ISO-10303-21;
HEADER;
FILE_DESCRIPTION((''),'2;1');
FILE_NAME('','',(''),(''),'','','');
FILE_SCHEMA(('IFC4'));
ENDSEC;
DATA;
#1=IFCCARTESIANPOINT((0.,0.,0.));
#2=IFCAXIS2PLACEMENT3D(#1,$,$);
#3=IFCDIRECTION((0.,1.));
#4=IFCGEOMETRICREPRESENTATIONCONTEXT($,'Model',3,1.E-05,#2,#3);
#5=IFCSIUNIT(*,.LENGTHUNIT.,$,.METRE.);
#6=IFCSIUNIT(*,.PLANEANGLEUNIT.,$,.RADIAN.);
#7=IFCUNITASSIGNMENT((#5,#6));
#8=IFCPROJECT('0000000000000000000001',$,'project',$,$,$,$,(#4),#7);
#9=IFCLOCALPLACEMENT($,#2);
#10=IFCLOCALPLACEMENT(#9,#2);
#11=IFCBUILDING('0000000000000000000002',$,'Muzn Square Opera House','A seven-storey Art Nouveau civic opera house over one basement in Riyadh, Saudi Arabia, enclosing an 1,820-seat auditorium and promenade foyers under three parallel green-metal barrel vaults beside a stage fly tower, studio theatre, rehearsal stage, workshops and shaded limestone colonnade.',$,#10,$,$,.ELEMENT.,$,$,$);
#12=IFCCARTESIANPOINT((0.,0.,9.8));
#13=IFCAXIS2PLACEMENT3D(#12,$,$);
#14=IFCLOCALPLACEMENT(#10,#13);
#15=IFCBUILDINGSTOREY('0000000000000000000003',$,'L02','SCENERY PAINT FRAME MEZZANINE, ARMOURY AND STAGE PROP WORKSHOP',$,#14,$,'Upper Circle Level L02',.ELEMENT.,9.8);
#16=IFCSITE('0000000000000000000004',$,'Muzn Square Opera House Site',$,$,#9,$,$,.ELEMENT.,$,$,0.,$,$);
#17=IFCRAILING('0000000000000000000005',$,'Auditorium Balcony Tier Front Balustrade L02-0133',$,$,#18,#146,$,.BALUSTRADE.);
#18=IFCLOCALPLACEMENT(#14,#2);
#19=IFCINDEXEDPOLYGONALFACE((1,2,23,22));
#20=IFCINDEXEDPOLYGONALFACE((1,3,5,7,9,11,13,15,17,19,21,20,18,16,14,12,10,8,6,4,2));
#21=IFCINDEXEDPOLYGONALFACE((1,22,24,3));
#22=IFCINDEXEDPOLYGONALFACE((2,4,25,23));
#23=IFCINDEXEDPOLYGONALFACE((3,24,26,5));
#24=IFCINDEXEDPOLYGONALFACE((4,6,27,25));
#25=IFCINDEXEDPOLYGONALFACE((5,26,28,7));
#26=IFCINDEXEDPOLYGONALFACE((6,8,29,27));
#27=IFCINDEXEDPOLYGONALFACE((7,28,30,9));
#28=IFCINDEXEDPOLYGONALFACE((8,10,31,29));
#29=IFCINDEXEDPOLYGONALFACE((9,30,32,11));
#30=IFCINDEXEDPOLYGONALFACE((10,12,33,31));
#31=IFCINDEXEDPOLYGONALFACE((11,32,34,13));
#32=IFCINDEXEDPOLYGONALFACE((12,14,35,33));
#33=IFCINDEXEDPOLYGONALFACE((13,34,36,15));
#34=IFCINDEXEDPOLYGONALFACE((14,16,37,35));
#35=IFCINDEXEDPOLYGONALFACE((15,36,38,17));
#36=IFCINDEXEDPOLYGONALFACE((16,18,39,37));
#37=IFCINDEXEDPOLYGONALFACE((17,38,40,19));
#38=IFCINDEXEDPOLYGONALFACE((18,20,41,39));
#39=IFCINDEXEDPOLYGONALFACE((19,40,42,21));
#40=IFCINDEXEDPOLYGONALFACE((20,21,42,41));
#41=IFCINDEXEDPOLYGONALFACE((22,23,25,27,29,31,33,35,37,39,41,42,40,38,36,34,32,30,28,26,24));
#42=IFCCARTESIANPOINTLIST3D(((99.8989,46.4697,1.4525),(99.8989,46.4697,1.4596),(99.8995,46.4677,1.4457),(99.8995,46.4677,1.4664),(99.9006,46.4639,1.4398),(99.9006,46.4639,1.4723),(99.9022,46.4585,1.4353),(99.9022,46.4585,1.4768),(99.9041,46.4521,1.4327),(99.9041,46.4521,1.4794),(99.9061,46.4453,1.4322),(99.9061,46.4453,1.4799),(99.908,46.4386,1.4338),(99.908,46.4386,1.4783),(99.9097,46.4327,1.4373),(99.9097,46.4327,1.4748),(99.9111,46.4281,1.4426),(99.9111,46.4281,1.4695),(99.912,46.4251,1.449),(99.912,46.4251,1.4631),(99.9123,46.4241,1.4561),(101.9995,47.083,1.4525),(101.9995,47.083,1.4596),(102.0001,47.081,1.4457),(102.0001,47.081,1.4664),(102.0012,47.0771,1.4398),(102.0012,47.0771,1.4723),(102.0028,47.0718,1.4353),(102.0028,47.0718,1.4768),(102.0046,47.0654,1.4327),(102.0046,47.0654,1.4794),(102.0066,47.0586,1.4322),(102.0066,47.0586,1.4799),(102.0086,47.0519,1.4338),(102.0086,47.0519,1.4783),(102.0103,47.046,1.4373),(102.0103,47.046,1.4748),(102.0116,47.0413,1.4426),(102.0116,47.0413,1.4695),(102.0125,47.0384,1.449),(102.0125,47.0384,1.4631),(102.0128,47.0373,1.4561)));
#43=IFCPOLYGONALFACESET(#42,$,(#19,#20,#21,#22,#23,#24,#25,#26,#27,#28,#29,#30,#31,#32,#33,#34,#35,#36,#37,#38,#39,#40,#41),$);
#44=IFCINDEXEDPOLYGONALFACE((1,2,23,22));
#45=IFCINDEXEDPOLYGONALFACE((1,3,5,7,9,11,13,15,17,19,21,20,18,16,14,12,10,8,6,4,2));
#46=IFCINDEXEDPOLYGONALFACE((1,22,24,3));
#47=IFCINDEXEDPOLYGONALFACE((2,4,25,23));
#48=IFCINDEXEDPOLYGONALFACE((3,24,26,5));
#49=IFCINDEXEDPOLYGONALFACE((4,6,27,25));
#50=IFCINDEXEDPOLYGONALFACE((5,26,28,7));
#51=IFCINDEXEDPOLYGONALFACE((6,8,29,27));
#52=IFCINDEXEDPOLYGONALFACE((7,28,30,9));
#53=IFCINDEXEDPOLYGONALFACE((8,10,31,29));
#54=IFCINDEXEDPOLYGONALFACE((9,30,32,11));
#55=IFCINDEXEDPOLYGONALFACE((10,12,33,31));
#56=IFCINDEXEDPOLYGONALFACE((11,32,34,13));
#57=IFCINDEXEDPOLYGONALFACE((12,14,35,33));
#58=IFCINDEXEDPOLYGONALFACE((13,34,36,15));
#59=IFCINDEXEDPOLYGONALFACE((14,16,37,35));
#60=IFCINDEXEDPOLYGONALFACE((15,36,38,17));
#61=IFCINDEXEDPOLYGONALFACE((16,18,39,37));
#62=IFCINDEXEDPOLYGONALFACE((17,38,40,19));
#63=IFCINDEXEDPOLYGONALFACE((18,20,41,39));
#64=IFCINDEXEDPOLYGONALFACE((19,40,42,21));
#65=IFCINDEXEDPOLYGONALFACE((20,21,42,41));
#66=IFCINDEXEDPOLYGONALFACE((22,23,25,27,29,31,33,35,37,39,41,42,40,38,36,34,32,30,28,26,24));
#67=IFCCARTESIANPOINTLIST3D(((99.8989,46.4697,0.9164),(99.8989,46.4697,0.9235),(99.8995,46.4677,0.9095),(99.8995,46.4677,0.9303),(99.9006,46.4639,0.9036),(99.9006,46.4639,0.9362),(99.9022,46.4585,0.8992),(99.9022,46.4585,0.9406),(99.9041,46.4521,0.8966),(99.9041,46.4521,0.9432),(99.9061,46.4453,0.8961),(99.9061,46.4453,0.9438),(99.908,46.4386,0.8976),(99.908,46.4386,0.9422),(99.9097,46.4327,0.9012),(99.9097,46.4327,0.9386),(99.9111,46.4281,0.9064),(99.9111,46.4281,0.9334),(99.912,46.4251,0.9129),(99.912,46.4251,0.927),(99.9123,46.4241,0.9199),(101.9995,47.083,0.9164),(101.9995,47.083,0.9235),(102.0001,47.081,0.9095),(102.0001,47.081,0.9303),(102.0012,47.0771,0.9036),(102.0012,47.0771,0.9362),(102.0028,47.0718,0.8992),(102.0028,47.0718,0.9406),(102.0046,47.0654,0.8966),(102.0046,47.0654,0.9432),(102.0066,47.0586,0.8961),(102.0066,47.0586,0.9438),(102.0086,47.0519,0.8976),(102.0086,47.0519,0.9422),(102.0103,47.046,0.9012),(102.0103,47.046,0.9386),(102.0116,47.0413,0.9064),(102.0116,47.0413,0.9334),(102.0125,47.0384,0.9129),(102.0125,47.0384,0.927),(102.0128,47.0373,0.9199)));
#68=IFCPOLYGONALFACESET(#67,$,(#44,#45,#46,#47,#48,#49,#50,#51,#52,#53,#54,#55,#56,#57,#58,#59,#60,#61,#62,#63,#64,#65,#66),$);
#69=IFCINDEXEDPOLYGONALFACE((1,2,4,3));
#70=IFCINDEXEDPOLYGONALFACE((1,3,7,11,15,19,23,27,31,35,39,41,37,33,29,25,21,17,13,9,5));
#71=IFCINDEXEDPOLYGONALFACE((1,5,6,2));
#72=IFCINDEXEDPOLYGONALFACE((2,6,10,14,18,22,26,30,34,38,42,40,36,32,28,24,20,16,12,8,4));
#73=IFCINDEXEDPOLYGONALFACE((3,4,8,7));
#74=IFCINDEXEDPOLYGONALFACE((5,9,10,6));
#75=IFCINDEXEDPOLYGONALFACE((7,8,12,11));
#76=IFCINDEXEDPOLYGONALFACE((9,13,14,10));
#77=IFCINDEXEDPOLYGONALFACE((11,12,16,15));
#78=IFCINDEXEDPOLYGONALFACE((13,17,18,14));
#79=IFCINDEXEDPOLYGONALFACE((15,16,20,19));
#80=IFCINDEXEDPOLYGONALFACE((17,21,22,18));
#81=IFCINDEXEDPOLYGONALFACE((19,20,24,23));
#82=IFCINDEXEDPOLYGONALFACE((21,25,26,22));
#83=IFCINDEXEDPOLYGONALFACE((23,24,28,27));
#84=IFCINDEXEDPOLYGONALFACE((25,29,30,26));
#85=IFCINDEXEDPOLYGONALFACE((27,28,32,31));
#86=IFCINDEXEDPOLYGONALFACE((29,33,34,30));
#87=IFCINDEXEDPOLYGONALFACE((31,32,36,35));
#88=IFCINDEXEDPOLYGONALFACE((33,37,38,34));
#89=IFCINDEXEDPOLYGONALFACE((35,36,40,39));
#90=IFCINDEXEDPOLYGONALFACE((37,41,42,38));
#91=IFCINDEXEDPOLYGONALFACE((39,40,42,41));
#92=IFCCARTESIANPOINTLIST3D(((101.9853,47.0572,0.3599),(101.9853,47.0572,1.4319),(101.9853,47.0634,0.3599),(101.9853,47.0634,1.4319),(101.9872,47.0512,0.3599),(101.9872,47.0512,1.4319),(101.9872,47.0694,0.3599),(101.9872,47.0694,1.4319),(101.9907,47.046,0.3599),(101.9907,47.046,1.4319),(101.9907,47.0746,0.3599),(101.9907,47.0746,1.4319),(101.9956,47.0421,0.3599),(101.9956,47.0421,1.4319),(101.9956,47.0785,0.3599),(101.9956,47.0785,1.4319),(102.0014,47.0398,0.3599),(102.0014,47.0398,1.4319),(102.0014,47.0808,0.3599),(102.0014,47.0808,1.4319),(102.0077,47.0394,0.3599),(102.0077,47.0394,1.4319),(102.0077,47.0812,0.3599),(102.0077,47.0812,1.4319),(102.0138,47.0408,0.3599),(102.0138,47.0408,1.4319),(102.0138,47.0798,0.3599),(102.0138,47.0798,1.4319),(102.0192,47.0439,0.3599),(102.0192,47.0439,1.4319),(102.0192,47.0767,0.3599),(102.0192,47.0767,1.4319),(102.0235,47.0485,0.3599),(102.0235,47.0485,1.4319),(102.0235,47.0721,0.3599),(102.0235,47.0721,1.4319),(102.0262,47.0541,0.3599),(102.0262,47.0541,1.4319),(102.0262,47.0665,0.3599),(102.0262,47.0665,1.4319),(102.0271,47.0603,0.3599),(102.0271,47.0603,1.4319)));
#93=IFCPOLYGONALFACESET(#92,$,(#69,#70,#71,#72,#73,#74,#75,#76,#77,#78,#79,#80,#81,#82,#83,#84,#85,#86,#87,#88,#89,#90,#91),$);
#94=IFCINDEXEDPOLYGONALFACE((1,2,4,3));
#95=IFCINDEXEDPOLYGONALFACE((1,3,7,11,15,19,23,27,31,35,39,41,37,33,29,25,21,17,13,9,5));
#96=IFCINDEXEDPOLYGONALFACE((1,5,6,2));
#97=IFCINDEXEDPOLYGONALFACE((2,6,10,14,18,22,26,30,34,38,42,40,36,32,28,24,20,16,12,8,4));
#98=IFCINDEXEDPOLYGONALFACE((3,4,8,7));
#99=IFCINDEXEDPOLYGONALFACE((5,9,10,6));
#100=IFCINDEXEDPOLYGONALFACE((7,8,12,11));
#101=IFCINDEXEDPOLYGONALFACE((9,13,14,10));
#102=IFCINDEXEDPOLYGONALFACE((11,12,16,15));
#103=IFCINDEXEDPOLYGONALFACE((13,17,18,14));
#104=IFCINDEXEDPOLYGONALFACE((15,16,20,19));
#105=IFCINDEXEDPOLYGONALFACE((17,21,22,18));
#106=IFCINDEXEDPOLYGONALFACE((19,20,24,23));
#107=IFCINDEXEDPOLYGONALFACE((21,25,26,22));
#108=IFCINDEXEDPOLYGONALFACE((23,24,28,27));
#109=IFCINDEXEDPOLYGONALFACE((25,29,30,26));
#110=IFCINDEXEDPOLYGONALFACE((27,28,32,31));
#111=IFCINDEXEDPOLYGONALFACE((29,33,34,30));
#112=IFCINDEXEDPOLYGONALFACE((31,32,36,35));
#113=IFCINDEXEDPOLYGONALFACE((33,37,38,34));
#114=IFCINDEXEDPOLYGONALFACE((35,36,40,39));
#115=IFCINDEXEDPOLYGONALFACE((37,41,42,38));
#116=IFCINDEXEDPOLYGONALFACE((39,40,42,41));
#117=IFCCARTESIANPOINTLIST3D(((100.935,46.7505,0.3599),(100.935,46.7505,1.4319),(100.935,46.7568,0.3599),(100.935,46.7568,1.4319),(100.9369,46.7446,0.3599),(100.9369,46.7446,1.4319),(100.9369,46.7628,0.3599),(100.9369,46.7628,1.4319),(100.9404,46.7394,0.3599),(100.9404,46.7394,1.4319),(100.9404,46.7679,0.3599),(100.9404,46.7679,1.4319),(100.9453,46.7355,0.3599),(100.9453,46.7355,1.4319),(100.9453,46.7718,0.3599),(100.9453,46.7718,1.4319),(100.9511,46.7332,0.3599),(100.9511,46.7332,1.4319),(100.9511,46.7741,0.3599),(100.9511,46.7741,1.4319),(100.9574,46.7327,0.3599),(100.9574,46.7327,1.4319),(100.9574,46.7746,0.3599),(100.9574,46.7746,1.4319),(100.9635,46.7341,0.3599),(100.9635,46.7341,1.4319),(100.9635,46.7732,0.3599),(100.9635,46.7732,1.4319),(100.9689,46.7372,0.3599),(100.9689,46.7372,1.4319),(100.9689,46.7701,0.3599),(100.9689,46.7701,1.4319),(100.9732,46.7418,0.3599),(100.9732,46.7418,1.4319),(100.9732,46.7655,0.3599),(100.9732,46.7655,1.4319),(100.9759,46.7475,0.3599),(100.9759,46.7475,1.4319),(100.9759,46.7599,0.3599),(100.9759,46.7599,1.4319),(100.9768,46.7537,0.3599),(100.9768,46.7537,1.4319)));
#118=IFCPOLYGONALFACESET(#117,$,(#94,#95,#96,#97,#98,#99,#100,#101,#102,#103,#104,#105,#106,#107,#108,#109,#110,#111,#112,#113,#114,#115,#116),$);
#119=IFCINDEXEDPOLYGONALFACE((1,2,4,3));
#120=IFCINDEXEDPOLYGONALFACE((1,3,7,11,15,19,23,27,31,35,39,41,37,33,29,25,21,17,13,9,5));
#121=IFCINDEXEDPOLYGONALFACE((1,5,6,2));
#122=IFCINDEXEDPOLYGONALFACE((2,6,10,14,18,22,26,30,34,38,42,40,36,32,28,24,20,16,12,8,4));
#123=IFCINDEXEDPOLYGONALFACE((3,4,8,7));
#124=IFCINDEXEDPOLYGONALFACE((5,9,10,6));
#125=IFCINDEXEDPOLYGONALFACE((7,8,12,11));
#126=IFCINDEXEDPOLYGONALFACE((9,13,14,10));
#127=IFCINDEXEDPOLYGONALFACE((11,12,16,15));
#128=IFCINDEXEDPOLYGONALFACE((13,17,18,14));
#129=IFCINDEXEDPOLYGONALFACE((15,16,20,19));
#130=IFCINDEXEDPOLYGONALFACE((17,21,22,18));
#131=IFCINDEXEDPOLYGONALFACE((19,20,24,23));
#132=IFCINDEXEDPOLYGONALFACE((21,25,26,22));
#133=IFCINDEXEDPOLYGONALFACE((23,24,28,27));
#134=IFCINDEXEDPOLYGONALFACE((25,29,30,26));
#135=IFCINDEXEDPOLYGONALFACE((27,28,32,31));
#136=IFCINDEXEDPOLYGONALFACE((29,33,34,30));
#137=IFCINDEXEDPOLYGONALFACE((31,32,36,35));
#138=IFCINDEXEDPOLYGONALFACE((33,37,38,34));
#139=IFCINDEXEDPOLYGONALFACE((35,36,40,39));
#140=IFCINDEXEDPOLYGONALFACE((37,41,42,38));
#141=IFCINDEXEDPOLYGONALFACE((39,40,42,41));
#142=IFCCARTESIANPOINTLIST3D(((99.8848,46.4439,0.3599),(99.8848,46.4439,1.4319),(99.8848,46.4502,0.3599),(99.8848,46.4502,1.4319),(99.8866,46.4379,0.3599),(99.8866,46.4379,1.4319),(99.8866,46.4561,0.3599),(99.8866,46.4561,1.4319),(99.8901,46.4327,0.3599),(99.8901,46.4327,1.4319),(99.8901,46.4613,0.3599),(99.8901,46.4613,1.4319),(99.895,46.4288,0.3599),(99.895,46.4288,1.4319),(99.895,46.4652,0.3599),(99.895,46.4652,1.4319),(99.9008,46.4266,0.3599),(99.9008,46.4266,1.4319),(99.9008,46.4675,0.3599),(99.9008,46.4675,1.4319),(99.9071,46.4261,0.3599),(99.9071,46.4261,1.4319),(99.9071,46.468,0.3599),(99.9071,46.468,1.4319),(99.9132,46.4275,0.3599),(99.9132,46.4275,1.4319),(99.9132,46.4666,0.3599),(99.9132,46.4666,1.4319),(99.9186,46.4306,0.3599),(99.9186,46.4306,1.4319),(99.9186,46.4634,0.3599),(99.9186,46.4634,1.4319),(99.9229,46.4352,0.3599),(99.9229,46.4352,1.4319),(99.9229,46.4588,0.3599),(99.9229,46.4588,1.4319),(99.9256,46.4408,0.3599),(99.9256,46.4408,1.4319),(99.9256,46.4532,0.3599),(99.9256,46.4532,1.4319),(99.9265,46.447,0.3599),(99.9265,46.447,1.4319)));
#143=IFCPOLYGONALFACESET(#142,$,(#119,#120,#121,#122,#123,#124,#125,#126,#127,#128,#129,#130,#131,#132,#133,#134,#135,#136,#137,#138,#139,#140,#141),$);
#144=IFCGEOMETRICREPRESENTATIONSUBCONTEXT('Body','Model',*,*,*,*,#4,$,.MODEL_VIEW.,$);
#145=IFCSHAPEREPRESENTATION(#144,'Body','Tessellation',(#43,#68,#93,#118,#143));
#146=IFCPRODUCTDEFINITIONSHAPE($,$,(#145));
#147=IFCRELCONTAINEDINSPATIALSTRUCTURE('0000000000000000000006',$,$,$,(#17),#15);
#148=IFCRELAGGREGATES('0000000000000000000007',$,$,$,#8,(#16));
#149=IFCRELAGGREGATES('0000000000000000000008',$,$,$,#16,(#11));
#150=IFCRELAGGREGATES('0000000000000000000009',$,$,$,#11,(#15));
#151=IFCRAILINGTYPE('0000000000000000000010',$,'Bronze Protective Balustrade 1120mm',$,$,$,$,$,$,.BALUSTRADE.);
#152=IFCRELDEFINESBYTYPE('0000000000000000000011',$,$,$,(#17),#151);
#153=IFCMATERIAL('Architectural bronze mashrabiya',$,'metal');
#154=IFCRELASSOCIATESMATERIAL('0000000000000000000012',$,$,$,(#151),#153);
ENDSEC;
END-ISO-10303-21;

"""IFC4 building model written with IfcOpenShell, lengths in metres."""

from ifc_helpers import new_model, si_unit, direction, frame, origin, origin_2d, place, context, subcontext, project, spatial, circle, extrude, material, type_object, element, save


model = new_model("IFC4")

# Units and contexts
model_context = context("Model", 3, precision=1e-05, world=origin(), true_north=direction((0.0, 1.0)))
body_context = subcontext(model_context, "Body", "Model", "MODEL_VIEW")
ifc_project = project(units=[si_unit("LENGTHUNIT", "METRE"), si_unit("PLANEANGLEUNIT", "RADIAN")], contexts=[model_context])

# Site, building, storey
site_placement = place(None, origin())
site = spatial("IfcSite", under=ifc_project, at=site_placement, Name="Muzn Square Opera House Site", CompositionType="ELEMENT", RefElevation=0.0)
building_placement = place(site_placement, origin())
building = spatial("IfcBuilding", under=site, at=building_placement, Name="Muzn Square Opera House", Description="A seven-storey Art Nouveau civic opera house over one basement in Riyadh, Saudi Arabia, enclosing an 1,820-seat auditorium and promenade foyers under three parallel green-metal barrel vaults beside a stage fly tower, studio theatre, rehearsal stage, workshops and shaded limestone colonnade.", CompositionType="ELEMENT")
storey_placement = place(building_placement, frame((0.0, 0.0, 9.8)))
storey = spatial("IfcBuildingStorey", under=building, at=storey_placement, Name="L02", Description="SCENERY PAINT FRAME MEZZANINE, ARMOURY AND STAGE PROP WORKSHOP", LongName="Upper Circle Level L02", CompositionType="ELEMENT", Elevation=9.8)

# Railing
ifc_material_1 = material(Name="Architectural bronze mashrabiya", Category="metal")
railing_type = type_object("IfcRailingType", Name="Bronze Protective Balustrade 1120mm", PredefinedType="BALUSTRADE", material=ifc_material_1)
railing_1_placement = place(storey_placement, frame((102.0061, 47.0603, 0.3599)))
element("IfcRailing", 1, at=railing_1_placement, inside=storey, type_object=railing_type, Name="Auditorium Balcony Tier Front Balustrade L02-0133", PredefinedType="BALUSTRADE", context=body_context, shape_type="SweptSolid", body=[
    extrude(circle(Radius=0.0239, at=origin_2d()), frame((0.0, 0.0, 1.0962), z_axis=(-0.959925, -0.280257, 0.0), x_axis=(0.280257, -0.959925, 0.0)), (0.0, 0.0, 1.0), 2.1882),
    extrude(circle(Radius=0.0239, at=origin_2d()), frame((0.0, 0.0, 0.5601), z_axis=(-0.959925, -0.280257, 0.0), x_axis=(0.280257, -0.959925, 0.0)), (0.0, 0.0, 1.0), 2.1882),
    extrude(circle(Radius=0.021, at=origin_2d()), origin(), (0.0, 0.0, 1.0), 1.072),
    extrude(circle(Radius=0.021, at=origin_2d()), frame((-1.0503, -0.3066, 0.0)), (0.0, 0.0, 1.0), 1.072),
    extrude(circle(Radius=0.021, at=origin_2d()), frame((-2.1006, -0.6133, 0.0)), (0.0, 0.0, 1.0), 1.072),
])

save(model, "model.ifc")
